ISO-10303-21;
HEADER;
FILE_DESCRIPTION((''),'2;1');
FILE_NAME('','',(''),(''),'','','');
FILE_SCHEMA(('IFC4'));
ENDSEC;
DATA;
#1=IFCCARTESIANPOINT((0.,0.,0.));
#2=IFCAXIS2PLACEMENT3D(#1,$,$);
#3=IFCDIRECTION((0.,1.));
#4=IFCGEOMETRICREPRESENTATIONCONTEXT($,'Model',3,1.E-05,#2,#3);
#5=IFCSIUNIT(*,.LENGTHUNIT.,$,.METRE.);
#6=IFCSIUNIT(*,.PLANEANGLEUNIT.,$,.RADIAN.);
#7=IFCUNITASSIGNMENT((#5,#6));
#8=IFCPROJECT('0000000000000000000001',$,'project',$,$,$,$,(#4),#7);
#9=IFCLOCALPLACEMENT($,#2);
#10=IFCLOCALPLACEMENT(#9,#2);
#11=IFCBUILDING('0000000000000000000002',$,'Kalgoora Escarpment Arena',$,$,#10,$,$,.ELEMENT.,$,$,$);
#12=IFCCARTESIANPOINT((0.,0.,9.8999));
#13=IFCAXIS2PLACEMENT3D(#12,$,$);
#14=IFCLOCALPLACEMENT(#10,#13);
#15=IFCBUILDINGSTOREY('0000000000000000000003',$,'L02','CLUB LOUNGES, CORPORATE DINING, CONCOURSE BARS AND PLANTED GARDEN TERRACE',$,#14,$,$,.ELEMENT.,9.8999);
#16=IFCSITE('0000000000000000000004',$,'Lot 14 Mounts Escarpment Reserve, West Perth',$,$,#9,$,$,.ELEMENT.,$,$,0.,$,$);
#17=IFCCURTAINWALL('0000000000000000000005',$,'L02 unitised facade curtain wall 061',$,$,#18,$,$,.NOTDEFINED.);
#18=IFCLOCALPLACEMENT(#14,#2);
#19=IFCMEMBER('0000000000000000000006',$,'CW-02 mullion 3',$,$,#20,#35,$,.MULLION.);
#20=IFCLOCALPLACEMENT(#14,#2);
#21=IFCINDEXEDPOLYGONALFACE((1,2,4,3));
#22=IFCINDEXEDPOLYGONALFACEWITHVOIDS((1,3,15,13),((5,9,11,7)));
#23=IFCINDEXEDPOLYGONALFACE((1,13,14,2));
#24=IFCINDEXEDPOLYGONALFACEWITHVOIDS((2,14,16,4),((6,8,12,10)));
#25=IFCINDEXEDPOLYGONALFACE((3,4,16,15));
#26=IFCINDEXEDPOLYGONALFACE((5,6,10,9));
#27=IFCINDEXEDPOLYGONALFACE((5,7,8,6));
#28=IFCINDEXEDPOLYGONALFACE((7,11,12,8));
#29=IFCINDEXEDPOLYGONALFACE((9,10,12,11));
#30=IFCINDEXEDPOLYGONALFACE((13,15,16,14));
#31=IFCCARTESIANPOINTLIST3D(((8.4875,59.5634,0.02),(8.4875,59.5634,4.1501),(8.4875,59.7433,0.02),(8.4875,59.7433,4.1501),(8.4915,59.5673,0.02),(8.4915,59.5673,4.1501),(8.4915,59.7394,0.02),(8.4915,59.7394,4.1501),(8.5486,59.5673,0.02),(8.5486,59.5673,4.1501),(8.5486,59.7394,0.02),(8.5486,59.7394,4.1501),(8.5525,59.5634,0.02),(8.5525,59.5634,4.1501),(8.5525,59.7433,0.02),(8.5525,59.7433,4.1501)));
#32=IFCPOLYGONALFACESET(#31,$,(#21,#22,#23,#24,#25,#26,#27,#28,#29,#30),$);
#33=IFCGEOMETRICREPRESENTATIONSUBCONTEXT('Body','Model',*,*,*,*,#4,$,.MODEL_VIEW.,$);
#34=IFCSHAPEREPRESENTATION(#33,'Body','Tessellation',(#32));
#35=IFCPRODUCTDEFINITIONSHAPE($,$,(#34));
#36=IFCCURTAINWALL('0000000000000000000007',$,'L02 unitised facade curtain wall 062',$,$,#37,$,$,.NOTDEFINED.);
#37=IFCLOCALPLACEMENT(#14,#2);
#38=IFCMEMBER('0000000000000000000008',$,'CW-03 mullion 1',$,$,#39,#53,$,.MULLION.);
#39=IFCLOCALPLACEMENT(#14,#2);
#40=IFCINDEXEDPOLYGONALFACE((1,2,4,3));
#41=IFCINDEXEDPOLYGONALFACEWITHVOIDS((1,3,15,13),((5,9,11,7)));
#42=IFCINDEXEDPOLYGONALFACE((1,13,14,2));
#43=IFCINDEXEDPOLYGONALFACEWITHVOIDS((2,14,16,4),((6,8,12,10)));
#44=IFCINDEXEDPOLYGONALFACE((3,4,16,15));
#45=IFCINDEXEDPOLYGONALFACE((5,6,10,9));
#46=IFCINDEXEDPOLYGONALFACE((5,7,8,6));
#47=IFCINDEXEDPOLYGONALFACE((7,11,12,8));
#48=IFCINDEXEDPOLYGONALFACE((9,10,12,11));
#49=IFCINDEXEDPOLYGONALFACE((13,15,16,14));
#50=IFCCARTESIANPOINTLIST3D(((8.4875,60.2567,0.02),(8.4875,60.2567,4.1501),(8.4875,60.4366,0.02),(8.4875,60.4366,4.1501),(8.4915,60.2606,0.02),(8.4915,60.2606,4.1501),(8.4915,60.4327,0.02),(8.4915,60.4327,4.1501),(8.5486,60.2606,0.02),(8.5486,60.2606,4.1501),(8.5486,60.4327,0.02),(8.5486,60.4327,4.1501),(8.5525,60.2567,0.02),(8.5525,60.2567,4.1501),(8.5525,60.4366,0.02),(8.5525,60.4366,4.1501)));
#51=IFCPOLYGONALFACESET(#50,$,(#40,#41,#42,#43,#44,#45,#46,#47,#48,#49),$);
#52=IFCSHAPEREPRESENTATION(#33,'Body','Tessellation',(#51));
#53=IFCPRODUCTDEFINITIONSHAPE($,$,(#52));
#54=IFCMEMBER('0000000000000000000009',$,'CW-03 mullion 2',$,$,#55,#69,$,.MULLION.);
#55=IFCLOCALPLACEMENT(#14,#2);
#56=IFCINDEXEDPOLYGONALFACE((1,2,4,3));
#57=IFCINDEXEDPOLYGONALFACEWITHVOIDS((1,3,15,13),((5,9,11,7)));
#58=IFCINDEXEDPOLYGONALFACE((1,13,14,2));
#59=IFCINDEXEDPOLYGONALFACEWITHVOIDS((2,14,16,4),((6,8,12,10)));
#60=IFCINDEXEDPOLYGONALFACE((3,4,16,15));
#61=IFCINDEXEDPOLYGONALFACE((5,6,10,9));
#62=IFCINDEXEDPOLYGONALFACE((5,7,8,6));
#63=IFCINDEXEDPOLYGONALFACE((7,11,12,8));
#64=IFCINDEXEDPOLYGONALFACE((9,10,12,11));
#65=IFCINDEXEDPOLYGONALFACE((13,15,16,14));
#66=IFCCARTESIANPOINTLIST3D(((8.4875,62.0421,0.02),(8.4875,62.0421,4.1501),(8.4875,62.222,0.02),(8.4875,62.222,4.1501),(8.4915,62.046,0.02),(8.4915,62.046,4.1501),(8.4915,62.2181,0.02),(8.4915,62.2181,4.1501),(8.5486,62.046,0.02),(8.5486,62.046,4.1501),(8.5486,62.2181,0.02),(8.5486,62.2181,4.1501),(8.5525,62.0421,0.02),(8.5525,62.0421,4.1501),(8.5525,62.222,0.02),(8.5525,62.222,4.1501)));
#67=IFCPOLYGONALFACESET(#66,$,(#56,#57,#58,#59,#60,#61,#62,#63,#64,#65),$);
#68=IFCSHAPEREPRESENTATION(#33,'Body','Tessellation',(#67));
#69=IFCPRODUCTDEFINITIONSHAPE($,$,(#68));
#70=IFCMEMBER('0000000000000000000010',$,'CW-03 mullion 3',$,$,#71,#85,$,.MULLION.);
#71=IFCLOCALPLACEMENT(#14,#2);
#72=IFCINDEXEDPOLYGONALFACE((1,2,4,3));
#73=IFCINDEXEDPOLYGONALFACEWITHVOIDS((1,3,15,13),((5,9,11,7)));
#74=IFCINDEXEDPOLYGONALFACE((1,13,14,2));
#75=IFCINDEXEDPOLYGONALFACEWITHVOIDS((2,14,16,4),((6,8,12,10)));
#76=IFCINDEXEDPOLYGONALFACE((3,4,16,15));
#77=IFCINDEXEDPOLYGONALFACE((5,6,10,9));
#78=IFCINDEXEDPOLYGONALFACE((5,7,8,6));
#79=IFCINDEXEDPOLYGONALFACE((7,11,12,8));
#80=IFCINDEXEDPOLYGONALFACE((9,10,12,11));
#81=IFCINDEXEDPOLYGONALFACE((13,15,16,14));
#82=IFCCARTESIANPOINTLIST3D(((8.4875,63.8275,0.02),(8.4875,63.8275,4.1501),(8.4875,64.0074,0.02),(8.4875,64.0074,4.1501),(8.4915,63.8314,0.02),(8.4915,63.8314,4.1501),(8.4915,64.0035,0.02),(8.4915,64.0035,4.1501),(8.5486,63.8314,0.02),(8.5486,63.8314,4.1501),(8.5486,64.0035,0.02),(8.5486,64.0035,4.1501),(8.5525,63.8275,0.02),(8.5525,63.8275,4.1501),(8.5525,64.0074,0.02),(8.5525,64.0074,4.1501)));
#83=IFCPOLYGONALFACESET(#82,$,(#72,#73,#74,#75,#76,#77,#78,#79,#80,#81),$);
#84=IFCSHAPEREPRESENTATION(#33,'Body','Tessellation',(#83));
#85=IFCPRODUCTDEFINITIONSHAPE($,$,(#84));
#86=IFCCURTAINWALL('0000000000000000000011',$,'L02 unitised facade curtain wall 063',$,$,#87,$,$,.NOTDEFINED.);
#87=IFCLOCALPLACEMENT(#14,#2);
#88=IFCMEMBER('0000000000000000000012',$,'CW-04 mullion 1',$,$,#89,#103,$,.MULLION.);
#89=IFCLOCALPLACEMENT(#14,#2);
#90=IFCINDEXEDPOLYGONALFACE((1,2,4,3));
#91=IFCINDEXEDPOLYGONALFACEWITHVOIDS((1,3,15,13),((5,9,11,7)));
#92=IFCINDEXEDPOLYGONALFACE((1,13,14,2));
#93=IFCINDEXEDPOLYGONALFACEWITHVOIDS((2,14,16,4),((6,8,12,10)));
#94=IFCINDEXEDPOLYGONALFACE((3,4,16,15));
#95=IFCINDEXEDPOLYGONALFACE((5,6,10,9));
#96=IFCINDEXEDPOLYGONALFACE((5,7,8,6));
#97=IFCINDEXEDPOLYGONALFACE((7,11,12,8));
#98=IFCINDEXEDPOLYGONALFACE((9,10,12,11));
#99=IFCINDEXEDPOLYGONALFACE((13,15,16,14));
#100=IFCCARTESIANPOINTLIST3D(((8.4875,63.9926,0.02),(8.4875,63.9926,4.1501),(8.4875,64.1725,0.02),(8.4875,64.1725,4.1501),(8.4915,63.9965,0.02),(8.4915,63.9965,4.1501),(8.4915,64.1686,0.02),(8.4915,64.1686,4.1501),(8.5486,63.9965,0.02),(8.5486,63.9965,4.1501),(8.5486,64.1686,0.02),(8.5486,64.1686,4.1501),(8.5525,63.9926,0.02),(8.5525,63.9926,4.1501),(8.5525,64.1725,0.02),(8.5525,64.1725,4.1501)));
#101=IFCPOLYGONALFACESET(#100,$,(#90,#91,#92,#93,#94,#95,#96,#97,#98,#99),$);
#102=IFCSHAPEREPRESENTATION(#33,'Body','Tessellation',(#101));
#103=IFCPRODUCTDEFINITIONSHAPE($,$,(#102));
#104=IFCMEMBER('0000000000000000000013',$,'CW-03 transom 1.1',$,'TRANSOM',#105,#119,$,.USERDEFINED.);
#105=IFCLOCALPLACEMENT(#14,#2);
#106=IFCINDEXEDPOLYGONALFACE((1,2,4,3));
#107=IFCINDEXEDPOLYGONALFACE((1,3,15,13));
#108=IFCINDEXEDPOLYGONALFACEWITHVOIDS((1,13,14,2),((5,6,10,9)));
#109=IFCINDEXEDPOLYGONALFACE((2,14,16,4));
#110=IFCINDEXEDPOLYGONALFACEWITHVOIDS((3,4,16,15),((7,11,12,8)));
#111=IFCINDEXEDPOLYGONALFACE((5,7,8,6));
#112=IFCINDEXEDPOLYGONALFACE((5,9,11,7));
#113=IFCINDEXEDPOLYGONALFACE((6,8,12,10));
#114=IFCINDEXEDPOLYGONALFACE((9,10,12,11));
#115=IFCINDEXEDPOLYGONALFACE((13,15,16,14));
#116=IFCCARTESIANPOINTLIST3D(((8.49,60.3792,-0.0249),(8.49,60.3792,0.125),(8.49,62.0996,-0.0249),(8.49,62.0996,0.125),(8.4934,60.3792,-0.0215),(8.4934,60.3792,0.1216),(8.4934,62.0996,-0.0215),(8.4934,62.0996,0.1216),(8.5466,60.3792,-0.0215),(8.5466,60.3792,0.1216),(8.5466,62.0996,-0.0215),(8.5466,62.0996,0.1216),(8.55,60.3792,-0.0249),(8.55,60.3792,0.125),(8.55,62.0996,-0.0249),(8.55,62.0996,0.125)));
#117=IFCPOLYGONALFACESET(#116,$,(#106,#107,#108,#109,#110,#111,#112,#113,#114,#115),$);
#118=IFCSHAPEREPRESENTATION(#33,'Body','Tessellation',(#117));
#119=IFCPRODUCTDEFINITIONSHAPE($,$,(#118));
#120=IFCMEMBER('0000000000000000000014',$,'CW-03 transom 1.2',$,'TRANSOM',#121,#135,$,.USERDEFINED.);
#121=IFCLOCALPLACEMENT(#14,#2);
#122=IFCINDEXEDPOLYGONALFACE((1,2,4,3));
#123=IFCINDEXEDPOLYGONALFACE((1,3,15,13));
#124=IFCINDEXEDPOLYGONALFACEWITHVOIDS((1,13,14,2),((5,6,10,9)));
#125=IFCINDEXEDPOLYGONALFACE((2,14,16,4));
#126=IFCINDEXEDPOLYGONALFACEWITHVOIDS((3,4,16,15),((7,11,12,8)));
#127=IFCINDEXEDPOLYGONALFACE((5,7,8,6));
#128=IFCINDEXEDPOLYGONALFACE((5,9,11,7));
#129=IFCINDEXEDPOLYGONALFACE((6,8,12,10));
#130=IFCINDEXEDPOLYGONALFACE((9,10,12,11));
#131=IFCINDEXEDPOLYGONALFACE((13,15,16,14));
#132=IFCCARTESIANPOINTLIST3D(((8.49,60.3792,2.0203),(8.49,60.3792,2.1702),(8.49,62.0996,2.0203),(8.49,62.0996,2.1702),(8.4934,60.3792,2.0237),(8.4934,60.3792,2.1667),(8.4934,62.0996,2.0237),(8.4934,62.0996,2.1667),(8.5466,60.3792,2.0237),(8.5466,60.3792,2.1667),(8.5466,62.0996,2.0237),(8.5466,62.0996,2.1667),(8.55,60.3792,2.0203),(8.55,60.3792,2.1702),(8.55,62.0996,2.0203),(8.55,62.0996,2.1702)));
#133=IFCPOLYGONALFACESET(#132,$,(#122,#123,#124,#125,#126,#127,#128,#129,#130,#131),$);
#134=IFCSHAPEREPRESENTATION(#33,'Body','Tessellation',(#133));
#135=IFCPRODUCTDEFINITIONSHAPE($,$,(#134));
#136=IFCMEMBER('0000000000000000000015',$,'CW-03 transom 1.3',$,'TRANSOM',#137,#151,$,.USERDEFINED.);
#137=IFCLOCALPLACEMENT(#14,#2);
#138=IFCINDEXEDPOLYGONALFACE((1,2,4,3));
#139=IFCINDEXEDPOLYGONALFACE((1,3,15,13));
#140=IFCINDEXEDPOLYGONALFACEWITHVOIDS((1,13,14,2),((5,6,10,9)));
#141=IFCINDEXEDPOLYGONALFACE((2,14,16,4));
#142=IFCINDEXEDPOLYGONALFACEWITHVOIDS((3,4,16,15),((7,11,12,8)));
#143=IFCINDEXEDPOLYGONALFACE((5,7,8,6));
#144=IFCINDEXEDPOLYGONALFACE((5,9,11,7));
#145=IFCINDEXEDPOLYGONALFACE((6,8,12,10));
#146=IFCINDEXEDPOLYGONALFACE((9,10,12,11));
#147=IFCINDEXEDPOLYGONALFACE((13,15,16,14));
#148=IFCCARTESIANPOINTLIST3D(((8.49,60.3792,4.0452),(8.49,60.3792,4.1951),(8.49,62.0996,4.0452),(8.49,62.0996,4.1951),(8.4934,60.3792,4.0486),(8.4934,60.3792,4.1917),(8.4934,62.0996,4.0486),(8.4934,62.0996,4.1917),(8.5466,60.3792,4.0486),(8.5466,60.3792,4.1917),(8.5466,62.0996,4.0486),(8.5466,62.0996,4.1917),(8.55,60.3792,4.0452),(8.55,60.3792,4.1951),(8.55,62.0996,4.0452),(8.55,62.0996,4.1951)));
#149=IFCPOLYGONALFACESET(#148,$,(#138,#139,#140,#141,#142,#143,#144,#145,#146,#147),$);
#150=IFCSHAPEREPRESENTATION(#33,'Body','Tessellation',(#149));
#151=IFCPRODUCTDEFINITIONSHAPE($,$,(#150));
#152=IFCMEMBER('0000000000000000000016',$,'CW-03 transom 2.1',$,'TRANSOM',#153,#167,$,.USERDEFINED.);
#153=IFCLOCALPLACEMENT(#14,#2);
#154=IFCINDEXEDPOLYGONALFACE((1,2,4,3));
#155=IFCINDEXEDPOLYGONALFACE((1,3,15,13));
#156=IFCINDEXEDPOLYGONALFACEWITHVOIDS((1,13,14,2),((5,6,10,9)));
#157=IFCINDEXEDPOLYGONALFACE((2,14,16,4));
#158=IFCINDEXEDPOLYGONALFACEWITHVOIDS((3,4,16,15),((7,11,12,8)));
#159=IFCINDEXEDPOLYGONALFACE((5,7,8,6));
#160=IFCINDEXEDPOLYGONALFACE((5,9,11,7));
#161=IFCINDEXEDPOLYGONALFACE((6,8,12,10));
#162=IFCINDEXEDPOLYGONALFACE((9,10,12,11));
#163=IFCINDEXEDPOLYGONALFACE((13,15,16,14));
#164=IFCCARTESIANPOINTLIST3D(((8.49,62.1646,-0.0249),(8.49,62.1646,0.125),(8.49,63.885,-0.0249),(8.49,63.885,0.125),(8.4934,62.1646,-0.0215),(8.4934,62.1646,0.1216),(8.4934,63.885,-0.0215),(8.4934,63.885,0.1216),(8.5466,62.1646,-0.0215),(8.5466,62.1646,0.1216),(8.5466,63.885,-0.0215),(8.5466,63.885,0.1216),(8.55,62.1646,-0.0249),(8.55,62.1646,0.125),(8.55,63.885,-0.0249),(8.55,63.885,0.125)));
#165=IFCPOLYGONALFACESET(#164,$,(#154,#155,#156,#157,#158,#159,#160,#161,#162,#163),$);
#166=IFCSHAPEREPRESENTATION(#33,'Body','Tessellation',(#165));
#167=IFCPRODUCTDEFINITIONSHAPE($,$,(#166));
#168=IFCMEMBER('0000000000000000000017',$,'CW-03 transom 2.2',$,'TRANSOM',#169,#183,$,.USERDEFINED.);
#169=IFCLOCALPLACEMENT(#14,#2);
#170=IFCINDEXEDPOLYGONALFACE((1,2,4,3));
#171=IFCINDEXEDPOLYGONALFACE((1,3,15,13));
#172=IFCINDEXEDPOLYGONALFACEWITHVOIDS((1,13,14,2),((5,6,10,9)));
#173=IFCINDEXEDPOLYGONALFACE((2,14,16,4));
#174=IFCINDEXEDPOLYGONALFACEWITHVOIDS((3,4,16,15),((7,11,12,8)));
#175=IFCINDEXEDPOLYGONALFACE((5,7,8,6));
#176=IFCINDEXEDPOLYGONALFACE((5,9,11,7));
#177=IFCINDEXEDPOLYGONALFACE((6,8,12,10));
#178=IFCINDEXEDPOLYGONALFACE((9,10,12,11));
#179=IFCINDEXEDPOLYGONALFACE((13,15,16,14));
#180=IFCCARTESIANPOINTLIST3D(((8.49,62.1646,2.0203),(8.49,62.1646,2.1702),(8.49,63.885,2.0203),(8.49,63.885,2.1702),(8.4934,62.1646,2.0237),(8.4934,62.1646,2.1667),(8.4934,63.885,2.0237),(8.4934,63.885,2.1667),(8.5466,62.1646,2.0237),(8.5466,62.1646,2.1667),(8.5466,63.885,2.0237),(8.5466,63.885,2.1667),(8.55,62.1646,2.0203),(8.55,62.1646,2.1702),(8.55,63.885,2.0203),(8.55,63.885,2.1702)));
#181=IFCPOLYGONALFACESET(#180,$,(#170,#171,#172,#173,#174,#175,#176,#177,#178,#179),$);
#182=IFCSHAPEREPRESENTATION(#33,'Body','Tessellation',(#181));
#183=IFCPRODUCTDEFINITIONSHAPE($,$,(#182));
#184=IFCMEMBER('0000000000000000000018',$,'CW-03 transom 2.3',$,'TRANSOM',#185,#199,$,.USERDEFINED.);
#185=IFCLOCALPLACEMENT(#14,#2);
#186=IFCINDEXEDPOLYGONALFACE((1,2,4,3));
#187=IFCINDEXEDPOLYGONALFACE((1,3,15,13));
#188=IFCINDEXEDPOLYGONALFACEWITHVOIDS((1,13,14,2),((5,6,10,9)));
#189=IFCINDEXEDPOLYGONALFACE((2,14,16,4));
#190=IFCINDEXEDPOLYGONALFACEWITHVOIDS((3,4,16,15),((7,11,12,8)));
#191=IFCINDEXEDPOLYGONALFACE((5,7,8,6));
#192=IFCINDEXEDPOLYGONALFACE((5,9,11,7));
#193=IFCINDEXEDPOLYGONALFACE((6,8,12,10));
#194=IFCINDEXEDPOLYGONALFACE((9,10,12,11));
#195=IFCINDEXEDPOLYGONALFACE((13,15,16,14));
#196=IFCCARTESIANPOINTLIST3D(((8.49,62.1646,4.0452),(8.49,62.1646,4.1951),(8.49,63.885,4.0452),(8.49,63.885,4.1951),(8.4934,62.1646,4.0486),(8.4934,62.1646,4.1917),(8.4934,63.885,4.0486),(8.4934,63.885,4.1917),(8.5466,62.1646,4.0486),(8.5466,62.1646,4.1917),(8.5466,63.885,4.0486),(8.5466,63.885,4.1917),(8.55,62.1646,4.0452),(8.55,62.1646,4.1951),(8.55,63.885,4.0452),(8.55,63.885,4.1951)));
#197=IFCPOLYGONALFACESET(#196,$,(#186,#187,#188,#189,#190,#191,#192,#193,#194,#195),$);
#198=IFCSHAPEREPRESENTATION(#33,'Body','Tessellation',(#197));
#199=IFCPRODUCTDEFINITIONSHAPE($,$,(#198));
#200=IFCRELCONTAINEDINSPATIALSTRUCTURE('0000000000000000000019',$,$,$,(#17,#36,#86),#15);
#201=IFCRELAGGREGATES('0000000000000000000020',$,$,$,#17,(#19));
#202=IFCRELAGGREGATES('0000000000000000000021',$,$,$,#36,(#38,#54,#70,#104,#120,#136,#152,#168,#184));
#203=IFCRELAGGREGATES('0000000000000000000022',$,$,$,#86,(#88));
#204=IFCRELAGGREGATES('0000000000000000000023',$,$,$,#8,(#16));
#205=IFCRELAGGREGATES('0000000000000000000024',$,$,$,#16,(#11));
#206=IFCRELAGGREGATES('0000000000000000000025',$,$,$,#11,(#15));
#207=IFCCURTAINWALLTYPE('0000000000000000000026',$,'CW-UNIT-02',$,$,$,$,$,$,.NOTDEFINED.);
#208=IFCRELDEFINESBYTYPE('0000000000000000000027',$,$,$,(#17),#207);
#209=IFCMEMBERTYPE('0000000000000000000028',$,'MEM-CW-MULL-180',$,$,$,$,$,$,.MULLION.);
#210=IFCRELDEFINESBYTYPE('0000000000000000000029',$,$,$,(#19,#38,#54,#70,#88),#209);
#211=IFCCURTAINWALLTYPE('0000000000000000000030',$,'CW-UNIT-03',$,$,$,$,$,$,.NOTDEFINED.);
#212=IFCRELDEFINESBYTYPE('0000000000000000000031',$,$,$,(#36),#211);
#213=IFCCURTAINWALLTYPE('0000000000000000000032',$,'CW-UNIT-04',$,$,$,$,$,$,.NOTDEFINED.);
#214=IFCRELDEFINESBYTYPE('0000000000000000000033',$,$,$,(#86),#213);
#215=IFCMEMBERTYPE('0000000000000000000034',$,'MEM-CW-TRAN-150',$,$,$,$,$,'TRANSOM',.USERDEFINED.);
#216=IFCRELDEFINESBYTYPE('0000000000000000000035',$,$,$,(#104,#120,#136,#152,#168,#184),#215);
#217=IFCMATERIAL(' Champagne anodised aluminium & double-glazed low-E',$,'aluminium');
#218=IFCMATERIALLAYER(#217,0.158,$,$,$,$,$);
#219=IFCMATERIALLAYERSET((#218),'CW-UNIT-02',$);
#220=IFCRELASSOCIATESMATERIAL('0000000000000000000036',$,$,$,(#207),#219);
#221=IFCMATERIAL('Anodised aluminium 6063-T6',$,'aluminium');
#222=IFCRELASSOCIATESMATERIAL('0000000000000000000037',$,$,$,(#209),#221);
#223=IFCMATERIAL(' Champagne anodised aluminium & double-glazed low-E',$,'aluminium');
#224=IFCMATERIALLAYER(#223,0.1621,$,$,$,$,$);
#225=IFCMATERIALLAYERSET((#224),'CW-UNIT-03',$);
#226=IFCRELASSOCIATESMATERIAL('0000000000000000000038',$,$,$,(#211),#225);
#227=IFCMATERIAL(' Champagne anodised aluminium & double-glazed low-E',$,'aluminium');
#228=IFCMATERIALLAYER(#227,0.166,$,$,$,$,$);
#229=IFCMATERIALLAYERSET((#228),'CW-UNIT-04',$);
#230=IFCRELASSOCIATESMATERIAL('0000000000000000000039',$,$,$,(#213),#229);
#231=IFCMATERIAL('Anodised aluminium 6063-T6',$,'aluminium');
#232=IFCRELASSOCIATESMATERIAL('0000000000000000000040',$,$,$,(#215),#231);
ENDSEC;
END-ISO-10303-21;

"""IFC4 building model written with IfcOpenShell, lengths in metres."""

from ifc_helpers import new_model, si_unit, direction, frame, origin, origin_2d, place, context, subcontext, project, spatial, hollow_rectangle, extrude, material, layer, layer_set, material_profile, profile_set, type_object, element, aggregate, save


model = new_model("IFC4")

# Units and contexts
model_context = context("Model", 3, precision=1e-05, world=origin(), true_north=direction((0.0, 1.0)))
body_context = subcontext(model_context, "Body", "Model", "MODEL_VIEW")
ifc_project = project(units=[si_unit("LENGTHUNIT", "METRE"), si_unit("PLANEANGLEUNIT", "RADIAN")], contexts=[model_context])

# Site, building, storey
site_placement = place(None, origin())
site = spatial("IfcSite", under=ifc_project, at=site_placement, Name="Lot 14 Mounts Escarpment Reserve, West Perth", CompositionType="ELEMENT", RefElevation=0.0)
building_placement = place(site_placement, origin())
building = spatial("IfcBuilding", under=site, at=building_placement, Name="Kalgoora Escarpment Arena", CompositionType="ELEMENT")
storey_placement = place(building_placement, frame((0.0, 0.0, 9.8999)))
storey = spatial("IfcBuildingStorey", under=building, at=storey_placement, Name="L02", Description="CLUB LOUNGES, CORPORATE DINING, CONCOURSE BARS AND PLANTED GARDEN TERRACE", CompositionType="ELEMENT", Elevation=9.8999)

# Curtain wall, member
ifc_material_1 = material(Name=" Champagne anodised aluminium & double-glazed low-E", Category="aluminium")
ifc_layer_1 = layer(ifc_material_1, 0.158)
ifc_layer_set_1 = layer_set([ifc_layer_1], Name="CW-UNIT-02")
curtain_wall_type_1 = type_object("IfcCurtainWallType", Name="CW-UNIT-02", PredefinedType="NOTDEFINED", material=ifc_layer_set_1)
curtain_wall_1_placement = place(storey_placement, origin())
curtain_wall_1 = element("IfcCurtainWall", 1, at=curtain_wall_1_placement, inside=storey, type_object=curtain_wall_type_1, Name="L02 unitised facade curtain wall 061", PredefinedType="NOTDEFINED")
ifc_material_2 = material(Name="Anodised aluminium 6063-T6", Category="aluminium")
ifc_material_profile_1 = material_profile(ifc_material_2, hollow_rectangle(XDim=0.0649, YDim=0.1799, WallThickness=0.0039, at=origin_2d()))
ifc_profile_set_1 = profile_set([ifc_material_profile_1], Name="Anodised aluminium 6063-T6")
member_type_1 = type_object("IfcMemberType", Name="MEM-CW-MULL-180", PredefinedType="MULLION", material=ifc_profile_set_1)
member_1_placement = place(storey_placement, frame((8.52, 59.6533, 0.02), z_axis=(0.0, 0.0, 1.0), x_axis=(-1.0, 0.0, 0.0)))
member_1 = element("IfcMember", 2, at=member_1_placement, type_object=member_type_1, Name="CW-02 mullion 3", PredefinedType="MULLION", context=body_context, shape_type="SweptSolid", body=[
    extrude(hollow_rectangle(XDim=0.0649, YDim=0.1799, WallThickness=0.0039, at=origin_2d()), origin(), (0.0, 0.0, 1.0), 4.1301),
])
aggregate(curtain_wall_1, [member_1])

# Curtain wall, members
ifc_material_3 = material(Name=" Champagne anodised aluminium & double-glazed low-E", Category="aluminium")
ifc_layer_2 = layer(ifc_material_3, 0.1621)
ifc_layer_set_2 = layer_set([ifc_layer_2], Name="CW-UNIT-03")
curtain_wall_type_2 = type_object("IfcCurtainWallType", Name="CW-UNIT-03", PredefinedType="NOTDEFINED", material=ifc_layer_set_2)
curtain_wall_2_placement = place(storey_placement, origin())
curtain_wall_2 = element("IfcCurtainWall", 3, at=curtain_wall_2_placement, inside=storey, type_object=curtain_wall_type_2, Name="L02 unitised facade curtain wall 062", PredefinedType="NOTDEFINED")
member_2_placement = place(storey_placement, frame((8.52, 60.3467, 0.02), z_axis=(0.0, 0.0, 1.0), x_axis=(-1.0, 0.0, 0.0)))
member_2 = element("IfcMember", 4, at=member_2_placement, type_object=member_type_1, Name="CW-03 mullion 1", PredefinedType="MULLION", context=body_context, shape_type="SweptSolid", body=[
    extrude(hollow_rectangle(XDim=0.0649, YDim=0.1799, WallThickness=0.0039, at=origin_2d()), origin(), (0.0, 0.0, 1.0), 4.1301),
])
member_3_placement = place(storey_placement, frame((8.52, 62.1321, 0.02), z_axis=(0.0, 0.0, 1.0), x_axis=(-1.0, 0.0, 0.0)))
member_3 = element("IfcMember", 5, at=member_3_placement, type_object=member_type_1, Name="CW-03 mullion 2", PredefinedType="MULLION", context=body_context, shape_type="SweptSolid", body=[
    extrude(hollow_rectangle(XDim=0.0649, YDim=0.1799, WallThickness=0.0039, at=origin_2d()), origin(), (0.0, 0.0, 1.0), 4.1301),
])
member_4_placement = place(storey_placement, frame((8.52, 63.9175, 0.02), z_axis=(0.0, 0.0, 1.0), x_axis=(-1.0, 0.0, 0.0)))
member_4 = element("IfcMember", 6, at=member_4_placement, type_object=member_type_1, Name="CW-03 mullion 3", PredefinedType="MULLION", context=body_context, shape_type="SweptSolid", body=[
    extrude(hollow_rectangle(XDim=0.0649, YDim=0.1799, WallThickness=0.0039, at=origin_2d()), origin(), (0.0, 0.0, 1.0), 4.1301),
])

# Curtain wall, member
ifc_material_4 = material(Name=" Champagne anodised aluminium & double-glazed low-E", Category="aluminium")
ifc_layer_3 = layer(ifc_material_4, 0.166)
ifc_layer_set_3 = layer_set([ifc_layer_3], Name="CW-UNIT-04")
curtain_wall_type_3 = type_object("IfcCurtainWallType", Name="CW-UNIT-04", PredefinedType="NOTDEFINED", material=ifc_layer_set_3)
curtain_wall_3_placement = place(storey_placement, origin())
curtain_wall_3 = element("IfcCurtainWall", 7, at=curtain_wall_3_placement, inside=storey, type_object=curtain_wall_type_3, Name="L02 unitised facade curtain wall 063", PredefinedType="NOTDEFINED")
member_5_placement = place(storey_placement, frame((8.52, 64.0825, 0.02), z_axis=(0.0, 0.0, 1.0), x_axis=(-1.0, 0.0, 0.0)))
member_5 = element("IfcMember", 8, at=member_5_placement, type_object=member_type_1, Name="CW-04 mullion 1", PredefinedType="MULLION", context=body_context, shape_type="SweptSolid", body=[
    extrude(hollow_rectangle(XDim=0.0649, YDim=0.1799, WallThickness=0.0039, at=origin_2d()), origin(), (0.0, 0.0, 1.0), 4.1301),
])

# Members
ifc_material_5 = material(Name="Anodised aluminium 6063-T6", Category="aluminium")
ifc_material_profile_2 = material_profile(ifc_material_5, hollow_rectangle(XDim=0.0601, YDim=0.1499, WallThickness=0.0034, at=origin_2d()))
ifc_profile_set_2 = profile_set([ifc_material_profile_2], Name="Anodised aluminium 6063-T6")
member_type_2 = type_object("IfcMemberType", Name="MEM-CW-TRAN-150", ElementType="TRANSOM", PredefinedType="USERDEFINED", material=ifc_profile_set_2)
member_6_placement = place(storey_placement, frame((8.52, 60.3792, 0.05), z_axis=(0.0, 1.0, 0.0), x_axis=(-1.0, 0.0, 0.0)))
member_6 = element("IfcMember", 9, at=member_6_placement, type_object=member_type_2, Name="CW-03 transom 1.1", ObjectType="TRANSOM", PredefinedType="USERDEFINED", context=body_context, shape_type="SweptSolid", body=[
    extrude(hollow_rectangle(XDim=0.0601, YDim=0.1499, WallThickness=0.0034, at=origin_2d()), origin(), (0.0, 0.0, 1.0), 1.7205),
])
member_7_placement = place(storey_placement, frame((8.52, 60.3792, 2.0952), z_axis=(0.0, 1.0, 0.0), x_axis=(-1.0, 0.0, 0.0)))
member_7 = element("IfcMember", 10, at=member_7_placement, type_object=member_type_2, Name="CW-03 transom 1.2", ObjectType="TRANSOM", PredefinedType="USERDEFINED", context=body_context, shape_type="SweptSolid", body=[
    extrude(hollow_rectangle(XDim=0.0601, YDim=0.1499, WallThickness=0.0034, at=origin_2d()), origin(), (0.0, 0.0, 1.0), 1.7205),
])
member_8_placement = place(storey_placement, frame((8.52, 60.3792, 4.1201), z_axis=(0.0, 1.0, 0.0), x_axis=(-1.0, 0.0, 0.0)))
member_8 = element("IfcMember", 11, at=member_8_placement, type_object=member_type_2, Name="CW-03 transom 1.3", ObjectType="TRANSOM", PredefinedType="USERDEFINED", context=body_context, shape_type="SweptSolid", body=[
    extrude(hollow_rectangle(XDim=0.0601, YDim=0.1499, WallThickness=0.0034, at=origin_2d()), origin(), (0.0, 0.0, 1.0), 1.7205),
])
member_9_placement = place(storey_placement, frame((8.52, 62.1646, 0.05), z_axis=(0.0, 1.0, 0.0), x_axis=(-1.0, 0.0, 0.0)))
member_9 = element("IfcMember", 12, at=member_9_placement, type_object=member_type_2, Name="CW-03 transom 2.1", ObjectType="TRANSOM", PredefinedType="USERDEFINED", context=body_context, shape_type="SweptSolid", body=[
    extrude(hollow_rectangle(XDim=0.0601, YDim=0.1499, WallThickness=0.0034, at=origin_2d()), origin(), (0.0, 0.0, 1.0), 1.7205),
])
member_10_placement = place(storey_placement, frame((8.52, 62.1646, 2.0952), z_axis=(0.0, 1.0, 0.0), x_axis=(-1.0, 0.0, 0.0)))
member_10 = element("IfcMember", 13, at=member_10_placement, type_object=member_type_2, Name="CW-03 transom 2.2", ObjectType="TRANSOM", PredefinedType="USERDEFINED", context=body_context, shape_type="SweptSolid", body=[
    extrude(hollow_rectangle(XDim=0.0601, YDim=0.1499, WallThickness=0.0034, at=origin_2d()), origin(), (0.0, 0.0, 1.0), 1.7205),
])
member_11_placement = place(storey_placement, frame((8.52, 62.1646, 4.1201), z_axis=(0.0, 1.0, 0.0), x_axis=(-1.0, 0.0, 0.0)))
member_11 = element("IfcMember", 14, at=member_11_placement, type_object=member_type_2, Name="CW-03 transom 2.3", ObjectType="TRANSOM", PredefinedType="USERDEFINED", context=body_context, shape_type="SweptSolid", body=[
    extrude(hollow_rectangle(XDim=0.0601, YDim=0.1499, WallThickness=0.0034, at=origin_2d()), origin(), (0.0, 0.0, 1.0), 1.7205),
])

aggregate(curtain_wall_2, [member_2, member_3, member_4, member_6, member_7, member_8, member_9, member_10, member_11])
aggregate(curtain_wall_3, [member_5])

save(model, "model.ifc")
